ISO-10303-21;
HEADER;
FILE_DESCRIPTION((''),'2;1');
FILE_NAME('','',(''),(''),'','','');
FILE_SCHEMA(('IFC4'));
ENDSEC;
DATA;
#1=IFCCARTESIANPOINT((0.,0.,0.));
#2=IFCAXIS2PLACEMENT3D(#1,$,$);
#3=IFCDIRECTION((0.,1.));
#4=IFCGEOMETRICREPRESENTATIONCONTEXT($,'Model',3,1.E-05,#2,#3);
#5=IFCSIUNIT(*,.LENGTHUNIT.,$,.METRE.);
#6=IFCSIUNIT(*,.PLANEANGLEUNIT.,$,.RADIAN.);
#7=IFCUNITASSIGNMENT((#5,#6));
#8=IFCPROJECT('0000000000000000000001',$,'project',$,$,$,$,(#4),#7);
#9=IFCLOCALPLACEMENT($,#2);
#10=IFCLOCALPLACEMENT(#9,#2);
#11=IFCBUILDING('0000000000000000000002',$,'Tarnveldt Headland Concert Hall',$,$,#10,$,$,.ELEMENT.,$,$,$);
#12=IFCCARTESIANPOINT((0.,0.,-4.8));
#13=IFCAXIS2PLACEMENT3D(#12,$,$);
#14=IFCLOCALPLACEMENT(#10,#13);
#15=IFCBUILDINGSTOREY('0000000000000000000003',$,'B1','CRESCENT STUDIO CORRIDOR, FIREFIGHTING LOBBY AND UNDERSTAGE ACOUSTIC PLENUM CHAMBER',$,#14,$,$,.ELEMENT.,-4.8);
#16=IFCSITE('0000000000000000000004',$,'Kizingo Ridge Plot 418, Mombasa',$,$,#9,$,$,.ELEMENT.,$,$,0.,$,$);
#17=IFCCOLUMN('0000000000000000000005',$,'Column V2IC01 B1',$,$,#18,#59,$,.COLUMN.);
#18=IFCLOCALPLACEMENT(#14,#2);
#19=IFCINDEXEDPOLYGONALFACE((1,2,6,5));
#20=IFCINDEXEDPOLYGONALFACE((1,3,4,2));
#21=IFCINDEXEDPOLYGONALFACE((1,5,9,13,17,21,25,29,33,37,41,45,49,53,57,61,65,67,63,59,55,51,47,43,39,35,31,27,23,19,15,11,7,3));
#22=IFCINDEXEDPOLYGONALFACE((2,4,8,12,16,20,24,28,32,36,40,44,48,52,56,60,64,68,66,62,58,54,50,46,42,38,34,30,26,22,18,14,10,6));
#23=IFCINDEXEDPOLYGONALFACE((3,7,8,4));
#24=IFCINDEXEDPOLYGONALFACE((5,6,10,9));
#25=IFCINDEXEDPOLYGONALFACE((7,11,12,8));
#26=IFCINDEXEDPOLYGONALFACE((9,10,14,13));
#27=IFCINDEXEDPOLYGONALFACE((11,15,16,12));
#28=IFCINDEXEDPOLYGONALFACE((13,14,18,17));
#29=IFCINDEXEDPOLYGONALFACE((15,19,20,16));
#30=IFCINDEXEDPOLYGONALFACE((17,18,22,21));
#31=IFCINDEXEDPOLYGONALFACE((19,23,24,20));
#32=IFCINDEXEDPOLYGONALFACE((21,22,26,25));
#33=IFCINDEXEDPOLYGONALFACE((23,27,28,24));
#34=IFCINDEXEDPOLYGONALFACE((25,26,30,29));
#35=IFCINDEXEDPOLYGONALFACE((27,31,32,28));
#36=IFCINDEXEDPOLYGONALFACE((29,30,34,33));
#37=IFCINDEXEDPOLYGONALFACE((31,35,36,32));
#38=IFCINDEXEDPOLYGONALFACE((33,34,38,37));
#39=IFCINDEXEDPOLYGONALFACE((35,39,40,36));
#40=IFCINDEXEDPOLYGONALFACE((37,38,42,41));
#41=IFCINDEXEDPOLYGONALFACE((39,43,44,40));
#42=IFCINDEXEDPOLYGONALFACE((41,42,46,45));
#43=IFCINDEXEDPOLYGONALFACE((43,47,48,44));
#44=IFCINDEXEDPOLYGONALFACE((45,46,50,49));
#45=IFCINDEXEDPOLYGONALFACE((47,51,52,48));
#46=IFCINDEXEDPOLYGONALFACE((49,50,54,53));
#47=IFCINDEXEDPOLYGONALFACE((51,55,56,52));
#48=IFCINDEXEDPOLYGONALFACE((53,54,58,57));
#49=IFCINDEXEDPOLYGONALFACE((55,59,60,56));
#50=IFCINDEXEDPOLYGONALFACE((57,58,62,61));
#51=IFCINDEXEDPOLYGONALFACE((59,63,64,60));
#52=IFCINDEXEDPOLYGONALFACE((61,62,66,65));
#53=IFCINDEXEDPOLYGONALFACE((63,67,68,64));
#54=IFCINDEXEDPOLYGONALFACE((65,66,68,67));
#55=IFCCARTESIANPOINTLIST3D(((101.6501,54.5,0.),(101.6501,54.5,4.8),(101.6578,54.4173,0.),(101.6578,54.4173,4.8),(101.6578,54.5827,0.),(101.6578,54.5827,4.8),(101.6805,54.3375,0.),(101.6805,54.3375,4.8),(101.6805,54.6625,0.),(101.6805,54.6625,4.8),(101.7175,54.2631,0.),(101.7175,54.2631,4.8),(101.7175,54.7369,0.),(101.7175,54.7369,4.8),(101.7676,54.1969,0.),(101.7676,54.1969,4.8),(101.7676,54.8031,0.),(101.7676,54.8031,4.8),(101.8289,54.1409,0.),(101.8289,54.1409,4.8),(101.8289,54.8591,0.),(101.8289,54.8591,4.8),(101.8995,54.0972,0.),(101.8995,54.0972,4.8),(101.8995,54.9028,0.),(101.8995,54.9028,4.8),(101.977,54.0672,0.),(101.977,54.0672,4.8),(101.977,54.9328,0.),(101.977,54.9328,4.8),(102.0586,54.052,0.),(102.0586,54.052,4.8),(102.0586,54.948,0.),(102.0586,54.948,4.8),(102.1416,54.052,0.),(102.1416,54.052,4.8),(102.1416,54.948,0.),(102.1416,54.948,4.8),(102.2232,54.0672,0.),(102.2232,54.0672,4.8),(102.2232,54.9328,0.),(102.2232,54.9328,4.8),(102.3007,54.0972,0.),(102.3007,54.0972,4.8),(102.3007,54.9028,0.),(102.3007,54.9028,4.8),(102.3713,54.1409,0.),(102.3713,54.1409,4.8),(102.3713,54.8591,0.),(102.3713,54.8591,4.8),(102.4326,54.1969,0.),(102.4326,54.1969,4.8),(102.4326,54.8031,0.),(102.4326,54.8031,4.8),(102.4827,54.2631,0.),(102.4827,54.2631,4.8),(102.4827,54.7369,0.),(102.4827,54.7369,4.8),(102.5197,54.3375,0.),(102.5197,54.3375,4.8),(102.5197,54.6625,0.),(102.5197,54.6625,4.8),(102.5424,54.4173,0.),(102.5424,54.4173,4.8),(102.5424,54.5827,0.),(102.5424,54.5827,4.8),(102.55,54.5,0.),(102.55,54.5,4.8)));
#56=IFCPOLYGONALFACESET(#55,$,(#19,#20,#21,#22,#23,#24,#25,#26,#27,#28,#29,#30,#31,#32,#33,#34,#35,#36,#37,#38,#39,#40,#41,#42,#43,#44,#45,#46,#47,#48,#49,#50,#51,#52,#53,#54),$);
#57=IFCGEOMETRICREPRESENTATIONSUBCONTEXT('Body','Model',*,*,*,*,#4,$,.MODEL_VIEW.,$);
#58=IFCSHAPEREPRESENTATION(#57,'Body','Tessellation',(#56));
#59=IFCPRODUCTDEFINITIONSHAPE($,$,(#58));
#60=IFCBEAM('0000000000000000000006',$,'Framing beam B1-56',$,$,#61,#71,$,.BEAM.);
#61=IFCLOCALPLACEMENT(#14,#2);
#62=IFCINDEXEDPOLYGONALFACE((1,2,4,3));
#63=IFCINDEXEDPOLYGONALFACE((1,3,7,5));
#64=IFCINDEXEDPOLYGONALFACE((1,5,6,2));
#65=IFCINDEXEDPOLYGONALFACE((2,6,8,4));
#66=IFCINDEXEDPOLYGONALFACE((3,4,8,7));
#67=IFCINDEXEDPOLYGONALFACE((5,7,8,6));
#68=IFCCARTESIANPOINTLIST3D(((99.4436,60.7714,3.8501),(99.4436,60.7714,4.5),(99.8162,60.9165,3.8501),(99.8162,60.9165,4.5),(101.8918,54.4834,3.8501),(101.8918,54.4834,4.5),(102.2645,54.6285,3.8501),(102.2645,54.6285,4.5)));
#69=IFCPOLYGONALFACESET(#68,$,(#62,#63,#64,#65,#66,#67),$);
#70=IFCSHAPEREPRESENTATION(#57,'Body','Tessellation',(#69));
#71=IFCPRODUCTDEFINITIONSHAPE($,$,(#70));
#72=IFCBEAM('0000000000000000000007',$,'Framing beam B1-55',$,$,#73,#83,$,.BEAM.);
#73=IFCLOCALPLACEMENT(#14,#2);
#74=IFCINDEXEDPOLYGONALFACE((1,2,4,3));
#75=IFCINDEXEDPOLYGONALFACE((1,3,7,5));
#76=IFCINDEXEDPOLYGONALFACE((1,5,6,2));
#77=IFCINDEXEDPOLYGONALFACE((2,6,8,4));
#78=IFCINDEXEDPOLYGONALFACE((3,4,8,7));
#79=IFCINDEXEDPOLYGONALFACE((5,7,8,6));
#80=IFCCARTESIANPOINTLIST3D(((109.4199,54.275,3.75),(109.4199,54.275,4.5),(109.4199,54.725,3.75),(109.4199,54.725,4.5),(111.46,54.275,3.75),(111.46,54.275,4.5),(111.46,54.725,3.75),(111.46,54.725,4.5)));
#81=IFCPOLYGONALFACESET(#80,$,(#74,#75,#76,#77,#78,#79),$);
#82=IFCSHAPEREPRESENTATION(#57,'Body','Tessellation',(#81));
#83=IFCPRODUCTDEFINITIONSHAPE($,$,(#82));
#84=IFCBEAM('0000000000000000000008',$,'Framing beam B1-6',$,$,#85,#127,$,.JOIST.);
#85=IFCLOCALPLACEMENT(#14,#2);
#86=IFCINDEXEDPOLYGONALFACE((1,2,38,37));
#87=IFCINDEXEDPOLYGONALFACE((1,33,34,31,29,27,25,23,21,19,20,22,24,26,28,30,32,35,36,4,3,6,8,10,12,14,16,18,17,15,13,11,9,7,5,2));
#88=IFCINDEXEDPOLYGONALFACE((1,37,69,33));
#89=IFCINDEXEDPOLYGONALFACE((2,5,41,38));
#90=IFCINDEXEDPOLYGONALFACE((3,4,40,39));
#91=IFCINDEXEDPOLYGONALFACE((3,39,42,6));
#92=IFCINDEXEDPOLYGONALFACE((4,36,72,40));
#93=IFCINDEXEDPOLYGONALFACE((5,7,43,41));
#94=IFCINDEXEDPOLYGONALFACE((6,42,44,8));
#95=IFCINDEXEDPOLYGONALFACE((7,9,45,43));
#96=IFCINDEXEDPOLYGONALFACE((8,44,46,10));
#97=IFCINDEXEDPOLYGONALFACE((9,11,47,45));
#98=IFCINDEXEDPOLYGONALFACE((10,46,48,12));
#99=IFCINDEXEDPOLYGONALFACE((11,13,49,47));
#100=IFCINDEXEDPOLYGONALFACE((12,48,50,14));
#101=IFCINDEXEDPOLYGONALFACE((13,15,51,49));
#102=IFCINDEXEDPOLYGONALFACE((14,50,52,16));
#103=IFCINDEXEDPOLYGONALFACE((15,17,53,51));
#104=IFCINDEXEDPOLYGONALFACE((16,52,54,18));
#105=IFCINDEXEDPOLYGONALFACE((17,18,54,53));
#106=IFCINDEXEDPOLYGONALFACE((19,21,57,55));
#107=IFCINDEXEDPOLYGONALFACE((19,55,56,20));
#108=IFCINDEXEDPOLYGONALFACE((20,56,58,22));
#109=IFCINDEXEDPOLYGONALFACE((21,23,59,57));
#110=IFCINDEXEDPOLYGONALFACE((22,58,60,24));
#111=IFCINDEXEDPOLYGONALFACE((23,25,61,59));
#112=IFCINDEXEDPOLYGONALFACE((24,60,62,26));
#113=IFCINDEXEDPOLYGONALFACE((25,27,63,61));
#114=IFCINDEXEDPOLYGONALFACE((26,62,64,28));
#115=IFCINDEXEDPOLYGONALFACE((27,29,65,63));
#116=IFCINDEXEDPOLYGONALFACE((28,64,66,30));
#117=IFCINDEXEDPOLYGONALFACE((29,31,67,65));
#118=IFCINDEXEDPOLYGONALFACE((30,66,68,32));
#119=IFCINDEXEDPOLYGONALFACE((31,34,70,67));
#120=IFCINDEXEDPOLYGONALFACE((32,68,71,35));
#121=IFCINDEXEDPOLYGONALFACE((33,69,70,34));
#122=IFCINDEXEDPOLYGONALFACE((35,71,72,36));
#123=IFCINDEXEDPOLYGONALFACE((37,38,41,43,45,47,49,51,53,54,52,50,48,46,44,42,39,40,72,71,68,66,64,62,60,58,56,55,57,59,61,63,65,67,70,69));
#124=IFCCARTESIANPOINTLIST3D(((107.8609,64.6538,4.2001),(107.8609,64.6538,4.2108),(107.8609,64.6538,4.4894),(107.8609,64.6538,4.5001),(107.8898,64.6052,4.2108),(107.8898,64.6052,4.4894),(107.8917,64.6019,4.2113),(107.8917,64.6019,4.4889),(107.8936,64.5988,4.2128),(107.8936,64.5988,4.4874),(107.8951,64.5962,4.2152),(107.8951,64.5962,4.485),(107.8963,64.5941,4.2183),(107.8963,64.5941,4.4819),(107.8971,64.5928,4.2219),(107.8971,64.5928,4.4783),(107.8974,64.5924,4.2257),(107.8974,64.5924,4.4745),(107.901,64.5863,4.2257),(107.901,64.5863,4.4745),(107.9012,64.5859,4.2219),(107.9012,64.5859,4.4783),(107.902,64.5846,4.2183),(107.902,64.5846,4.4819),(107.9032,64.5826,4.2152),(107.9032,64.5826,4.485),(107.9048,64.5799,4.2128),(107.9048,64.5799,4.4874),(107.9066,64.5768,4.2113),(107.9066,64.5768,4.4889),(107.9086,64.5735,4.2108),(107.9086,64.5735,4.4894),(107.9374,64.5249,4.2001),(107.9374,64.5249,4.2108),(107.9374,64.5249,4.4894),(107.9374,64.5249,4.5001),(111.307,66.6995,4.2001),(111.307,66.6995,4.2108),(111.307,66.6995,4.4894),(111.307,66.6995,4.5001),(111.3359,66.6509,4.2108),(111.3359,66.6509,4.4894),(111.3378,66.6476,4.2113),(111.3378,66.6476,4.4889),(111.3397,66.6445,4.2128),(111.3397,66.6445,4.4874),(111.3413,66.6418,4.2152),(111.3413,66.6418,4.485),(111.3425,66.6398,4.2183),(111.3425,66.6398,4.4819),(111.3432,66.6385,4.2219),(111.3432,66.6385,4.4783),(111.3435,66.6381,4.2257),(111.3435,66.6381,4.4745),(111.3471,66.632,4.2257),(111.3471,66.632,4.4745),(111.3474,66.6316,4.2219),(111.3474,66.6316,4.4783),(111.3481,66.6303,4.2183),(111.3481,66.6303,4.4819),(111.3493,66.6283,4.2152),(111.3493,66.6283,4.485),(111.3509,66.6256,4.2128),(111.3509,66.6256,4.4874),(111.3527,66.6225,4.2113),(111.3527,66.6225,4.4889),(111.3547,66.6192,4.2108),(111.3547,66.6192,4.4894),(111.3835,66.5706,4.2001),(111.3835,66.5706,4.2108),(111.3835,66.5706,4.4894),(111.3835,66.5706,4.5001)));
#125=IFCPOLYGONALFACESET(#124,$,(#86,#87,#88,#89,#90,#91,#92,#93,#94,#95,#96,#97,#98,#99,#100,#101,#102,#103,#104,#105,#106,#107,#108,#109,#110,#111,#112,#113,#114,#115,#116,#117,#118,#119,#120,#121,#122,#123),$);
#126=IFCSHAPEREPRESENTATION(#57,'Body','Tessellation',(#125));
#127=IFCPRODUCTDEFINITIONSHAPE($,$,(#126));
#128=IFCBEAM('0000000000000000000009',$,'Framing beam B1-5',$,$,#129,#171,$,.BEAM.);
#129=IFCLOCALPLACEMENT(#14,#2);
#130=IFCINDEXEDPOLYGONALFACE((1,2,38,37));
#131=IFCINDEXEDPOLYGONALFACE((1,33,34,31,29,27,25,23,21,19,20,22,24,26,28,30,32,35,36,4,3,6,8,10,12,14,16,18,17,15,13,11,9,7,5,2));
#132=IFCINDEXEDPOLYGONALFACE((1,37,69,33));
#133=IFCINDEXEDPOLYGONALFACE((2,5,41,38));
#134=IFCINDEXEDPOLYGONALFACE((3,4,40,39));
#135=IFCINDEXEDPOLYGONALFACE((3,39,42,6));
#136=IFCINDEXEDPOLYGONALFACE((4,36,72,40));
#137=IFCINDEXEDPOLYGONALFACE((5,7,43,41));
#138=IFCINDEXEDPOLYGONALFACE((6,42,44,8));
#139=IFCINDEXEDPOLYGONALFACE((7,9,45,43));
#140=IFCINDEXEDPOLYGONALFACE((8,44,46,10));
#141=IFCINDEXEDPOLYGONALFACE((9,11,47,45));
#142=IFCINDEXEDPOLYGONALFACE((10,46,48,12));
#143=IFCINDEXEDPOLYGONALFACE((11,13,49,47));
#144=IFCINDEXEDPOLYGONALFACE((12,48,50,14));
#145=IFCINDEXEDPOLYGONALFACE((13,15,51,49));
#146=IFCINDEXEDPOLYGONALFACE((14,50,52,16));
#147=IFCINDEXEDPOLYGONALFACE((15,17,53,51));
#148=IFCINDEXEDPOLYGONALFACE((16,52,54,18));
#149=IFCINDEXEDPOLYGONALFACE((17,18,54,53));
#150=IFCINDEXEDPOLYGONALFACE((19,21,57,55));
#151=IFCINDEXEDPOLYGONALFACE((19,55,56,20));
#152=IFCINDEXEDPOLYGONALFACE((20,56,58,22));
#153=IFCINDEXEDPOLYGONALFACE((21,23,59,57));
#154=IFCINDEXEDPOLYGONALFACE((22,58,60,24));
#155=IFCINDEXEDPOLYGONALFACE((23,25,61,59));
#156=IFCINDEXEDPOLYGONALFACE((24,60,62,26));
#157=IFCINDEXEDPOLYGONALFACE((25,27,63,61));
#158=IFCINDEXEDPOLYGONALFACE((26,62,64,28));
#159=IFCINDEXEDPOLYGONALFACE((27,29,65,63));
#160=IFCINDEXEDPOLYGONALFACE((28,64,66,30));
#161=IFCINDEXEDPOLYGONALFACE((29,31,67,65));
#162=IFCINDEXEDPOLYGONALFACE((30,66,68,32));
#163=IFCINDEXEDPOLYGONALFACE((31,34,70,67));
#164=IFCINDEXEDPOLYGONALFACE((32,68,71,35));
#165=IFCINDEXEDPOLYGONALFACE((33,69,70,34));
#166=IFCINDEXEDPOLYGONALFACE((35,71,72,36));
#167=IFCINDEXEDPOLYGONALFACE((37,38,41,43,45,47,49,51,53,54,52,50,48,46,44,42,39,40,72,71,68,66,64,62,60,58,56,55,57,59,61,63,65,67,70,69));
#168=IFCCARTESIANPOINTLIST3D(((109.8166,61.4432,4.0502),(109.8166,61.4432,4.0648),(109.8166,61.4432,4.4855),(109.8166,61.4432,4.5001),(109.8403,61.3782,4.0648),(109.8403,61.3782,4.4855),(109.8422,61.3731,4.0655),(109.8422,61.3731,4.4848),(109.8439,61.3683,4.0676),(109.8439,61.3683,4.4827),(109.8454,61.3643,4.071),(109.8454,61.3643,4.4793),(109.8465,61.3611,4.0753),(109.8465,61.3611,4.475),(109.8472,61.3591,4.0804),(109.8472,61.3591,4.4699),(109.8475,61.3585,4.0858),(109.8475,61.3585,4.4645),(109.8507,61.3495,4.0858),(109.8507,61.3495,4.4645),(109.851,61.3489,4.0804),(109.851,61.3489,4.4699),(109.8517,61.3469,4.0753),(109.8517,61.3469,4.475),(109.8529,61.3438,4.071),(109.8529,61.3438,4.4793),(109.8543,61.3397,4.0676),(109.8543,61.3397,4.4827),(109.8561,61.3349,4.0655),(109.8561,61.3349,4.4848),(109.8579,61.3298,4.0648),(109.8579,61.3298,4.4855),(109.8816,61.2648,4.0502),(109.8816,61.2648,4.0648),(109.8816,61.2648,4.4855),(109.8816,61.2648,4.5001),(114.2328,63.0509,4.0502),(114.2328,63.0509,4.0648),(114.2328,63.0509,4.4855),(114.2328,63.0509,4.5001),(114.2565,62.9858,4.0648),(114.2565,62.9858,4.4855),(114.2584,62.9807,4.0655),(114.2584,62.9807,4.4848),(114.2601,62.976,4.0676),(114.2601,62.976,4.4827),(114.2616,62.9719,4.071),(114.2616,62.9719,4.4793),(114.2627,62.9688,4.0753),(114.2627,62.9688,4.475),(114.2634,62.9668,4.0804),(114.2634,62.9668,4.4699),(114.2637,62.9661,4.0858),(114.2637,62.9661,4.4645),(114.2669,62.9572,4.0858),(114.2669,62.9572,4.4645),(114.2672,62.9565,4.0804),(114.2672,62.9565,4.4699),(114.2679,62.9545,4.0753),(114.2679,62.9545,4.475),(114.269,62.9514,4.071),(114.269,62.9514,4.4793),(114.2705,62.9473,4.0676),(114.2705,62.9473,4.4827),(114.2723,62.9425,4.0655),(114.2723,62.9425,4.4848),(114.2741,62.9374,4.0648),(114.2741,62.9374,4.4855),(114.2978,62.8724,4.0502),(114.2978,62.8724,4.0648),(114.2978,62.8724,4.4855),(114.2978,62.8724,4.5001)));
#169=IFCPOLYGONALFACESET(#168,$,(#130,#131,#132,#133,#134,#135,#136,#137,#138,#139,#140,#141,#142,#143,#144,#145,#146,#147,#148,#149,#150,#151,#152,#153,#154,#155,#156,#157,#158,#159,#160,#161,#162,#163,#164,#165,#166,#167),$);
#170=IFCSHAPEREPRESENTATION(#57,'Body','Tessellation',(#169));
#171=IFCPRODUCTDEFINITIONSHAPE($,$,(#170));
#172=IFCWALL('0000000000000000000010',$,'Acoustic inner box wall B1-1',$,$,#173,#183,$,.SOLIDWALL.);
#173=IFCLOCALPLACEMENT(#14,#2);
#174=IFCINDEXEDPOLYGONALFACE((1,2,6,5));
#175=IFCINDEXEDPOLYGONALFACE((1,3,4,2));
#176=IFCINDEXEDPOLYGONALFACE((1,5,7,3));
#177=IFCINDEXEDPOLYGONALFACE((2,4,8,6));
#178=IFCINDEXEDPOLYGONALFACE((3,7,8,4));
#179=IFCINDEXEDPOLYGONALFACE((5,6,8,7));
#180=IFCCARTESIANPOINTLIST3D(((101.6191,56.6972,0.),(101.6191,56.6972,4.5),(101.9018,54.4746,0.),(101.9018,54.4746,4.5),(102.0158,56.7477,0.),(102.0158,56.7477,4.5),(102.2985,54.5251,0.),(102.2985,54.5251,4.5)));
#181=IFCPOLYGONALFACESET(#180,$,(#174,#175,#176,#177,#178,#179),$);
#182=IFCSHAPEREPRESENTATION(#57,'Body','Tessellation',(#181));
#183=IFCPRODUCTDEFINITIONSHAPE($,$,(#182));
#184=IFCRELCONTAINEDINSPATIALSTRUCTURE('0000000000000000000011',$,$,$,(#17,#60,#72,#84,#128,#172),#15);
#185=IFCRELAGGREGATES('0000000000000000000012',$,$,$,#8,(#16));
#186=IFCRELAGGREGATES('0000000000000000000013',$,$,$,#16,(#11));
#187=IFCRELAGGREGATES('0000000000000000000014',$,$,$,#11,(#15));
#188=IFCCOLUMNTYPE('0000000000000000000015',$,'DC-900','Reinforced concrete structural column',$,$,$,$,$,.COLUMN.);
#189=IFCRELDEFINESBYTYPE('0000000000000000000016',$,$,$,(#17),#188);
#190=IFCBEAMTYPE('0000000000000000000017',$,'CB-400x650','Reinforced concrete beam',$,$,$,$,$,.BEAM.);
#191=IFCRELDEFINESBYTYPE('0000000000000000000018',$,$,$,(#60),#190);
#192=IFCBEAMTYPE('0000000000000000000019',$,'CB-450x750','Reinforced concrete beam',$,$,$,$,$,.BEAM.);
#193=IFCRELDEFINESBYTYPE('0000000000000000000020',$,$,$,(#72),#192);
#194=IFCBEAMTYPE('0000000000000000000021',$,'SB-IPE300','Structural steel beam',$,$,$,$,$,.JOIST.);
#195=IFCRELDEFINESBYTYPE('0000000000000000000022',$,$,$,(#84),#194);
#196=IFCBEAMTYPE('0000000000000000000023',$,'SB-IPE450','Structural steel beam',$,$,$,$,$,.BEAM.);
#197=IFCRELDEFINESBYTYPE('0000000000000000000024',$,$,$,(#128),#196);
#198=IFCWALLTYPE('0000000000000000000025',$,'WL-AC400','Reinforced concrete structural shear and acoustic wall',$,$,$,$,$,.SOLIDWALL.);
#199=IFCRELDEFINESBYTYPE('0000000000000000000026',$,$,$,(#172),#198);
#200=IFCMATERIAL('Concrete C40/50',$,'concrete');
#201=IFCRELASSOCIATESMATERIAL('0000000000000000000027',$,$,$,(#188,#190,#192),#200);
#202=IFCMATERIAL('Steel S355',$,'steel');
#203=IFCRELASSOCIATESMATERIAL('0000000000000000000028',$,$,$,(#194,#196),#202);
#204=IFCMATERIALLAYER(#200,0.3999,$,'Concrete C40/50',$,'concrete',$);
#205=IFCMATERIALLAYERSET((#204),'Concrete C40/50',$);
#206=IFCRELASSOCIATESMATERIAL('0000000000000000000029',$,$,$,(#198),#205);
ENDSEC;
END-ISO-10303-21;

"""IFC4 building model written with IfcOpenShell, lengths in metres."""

from ifc_helpers import new_model, si_unit, direction, frame, frame_2d, origin, origin_2d, place, context, subcontext, project, spatial, rectangle, circle, i_section, extrude, material, layer, layer_set, material_profile, profile_set, type_object, element, save


model = new_model("IFC4")

# Units and contexts
model_context = context("Model", 3, precision=1e-05, world=origin(), true_north=direction((0.0, 1.0)))
body_context = subcontext(model_context, "Body", "Model", "MODEL_VIEW")
ifc_project = project(units=[si_unit("LENGTHUNIT", "METRE"), si_unit("PLANEANGLEUNIT", "RADIAN")], contexts=[model_context])

# Site, building, storey
site_placement = place(None, origin())
site = spatial("IfcSite", under=ifc_project, at=site_placement, Name="Kizingo Ridge Plot 418, Mombasa", CompositionType="ELEMENT", RefElevation=0.0)
building_placement = place(site_placement, origin())
building = spatial("IfcBuilding", under=site, at=building_placement, Name="Tarnveldt Headland Concert Hall", CompositionType="ELEMENT")
storey_placement = place(building_placement, frame((0.0, 0.0, -4.8)))
storey = spatial("IfcBuildingStorey", under=building, at=storey_placement, Name="B1", Description="CRESCENT STUDIO CORRIDOR, FIREFIGHTING LOBBY AND UNDERSTAGE ACOUSTIC PLENUM CHAMBER", CompositionType="ELEMENT", Elevation=-4.8)

# Shared definitions
ifc_material_1 = material(Name="Concrete C40/50", Category="concrete")

# Column
ifc_material_profile_1 = material_profile(ifc_material_1, circle(Radius=0.45, at=origin_2d()), Name="RC D900", Category="concrete")
ifc_profile_set_1 = profile_set([ifc_material_profile_1], Name="Concrete C40/50")
column_type_1 = type_object("IfcColumnType", Name="DC-900", Description="Reinforced concrete structural column", PredefinedType="COLUMN", material=ifc_profile_set_1)
column_1_placement = place(storey_placement, frame((102.1001, 54.5, 0.0), z_axis=(0.0, 0.0, 1.0), x_axis=(1.0, 0.0, 0.0)))
element("IfcColumn", 1, at=column_1_placement, inside=storey, type_object=column_type_1, Name="Column V2IC01 B1", PredefinedType="COLUMN", context=body_context, shape_type="SweptSolid", body=[
    extrude(circle(Radius=0.45, at=origin_2d()), origin(), (0.0, 0.0, 1.0), 4.8),
])

# Beams
ifc_material_profile_2 = material_profile(ifc_material_1, rectangle(XDim=0.3999, YDim=0.6499, at=origin_2d()), Name="RC 400x650", Category="concrete")
ifc_profile_set_2 = profile_set([ifc_material_profile_2], Name="Concrete C40/50")
beam_type_1 = type_object("IfcBeamType", Name="CB-400x650", Description="Reinforced concrete beam", PredefinedType="BEAM", material=ifc_profile_set_2)
beam_1_placement = place(storey_placement, frame((102.0781, 54.5559, 4.175), z_axis=(-0.362816, 0.931861, 0.0), x_axis=(-0.931861, -0.362816, 0.0)))
element("IfcBeam", 2, at=beam_1_placement, inside=storey, type_object=beam_type_1, Name="Framing beam B1-56", PredefinedType="BEAM", context=body_context, shape_type="SweptSolid", body=[
    extrude(rectangle(XDim=0.3999, YDim=0.6499, at=origin_2d()), origin(), (0.0, 0.0, 1.0), 6.7478),
])
ifc_material_profile_3 = material_profile(ifc_material_1, rectangle(XDim=0.45, YDim=0.75, at=origin_2d()), Name="RC 450x750", Category="concrete")
ifc_profile_set_3 = profile_set([ifc_material_profile_3], Name="Concrete C40/50")
beam_type_2 = type_object("IfcBeamType", Name="CB-450x750", Description="Reinforced concrete beam", PredefinedType="BEAM", material=ifc_profile_set_3)
beam_2_placement = place(storey_placement, frame((109.4199, 54.5, 4.125), z_axis=(1.0, 0.0, 0.0), x_axis=(0.0, 1.0, 0.0)))
element("IfcBeam", 3, at=beam_2_placement, inside=storey, type_object=beam_type_2, Name="Framing beam B1-55", PredefinedType="BEAM", context=body_context, shape_type="SweptSolid", body=[
    extrude(rectangle(XDim=0.45, YDim=0.75, at=origin_2d()), origin(), (0.0, 0.0, 1.0), 2.04),
])
ifc_material_2 = material(Name="Steel S355", Category="steel")
ifc_material_profile_4 = material_profile(ifc_material_2, i_section(OverallWidth=0.1499, OverallDepth=0.3, WebThickness=0.0071, FlangeThickness=0.0107, FilletRadius=0.0149, at=origin_2d()), Name="IPE300", Category="steel")
ifc_profile_set_4 = profile_set([ifc_material_profile_4], Name="Steel S355")
beam_type_3 = type_object("IfcBeamType", Name="SB-IPE300", Description="Structural steel beam", PredefinedType="JOIST", material=ifc_profile_set_4)
beam_3_placement = place(storey_placement, frame((107.8992, 64.5894, 4.3501), z_axis=(0.859902, 0.510459, 0.0), x_axis=(-0.510459, 0.859902, 0.0)))
element("IfcBeam", 4, at=beam_3_placement, inside=storey, type_object=beam_type_3, Name="Framing beam B1-6", PredefinedType="JOIST", context=body_context, shape_type="SweptSolid", body=[
    extrude(i_section(OverallWidth=0.1499, OverallDepth=0.3, WebThickness=0.0071, FlangeThickness=0.0107, FilletRadius=0.0149, at=origin_2d()), origin(), (0.0, 0.0, 1.0), 4.0076),
])
ifc_material_profile_5 = material_profile(ifc_material_2, i_section(OverallWidth=0.1899, OverallDepth=0.45, WebThickness=0.0095, FlangeThickness=0.0146, FilletRadius=0.021, at=origin_2d()), Name="IPE450", Category="steel")
ifc_profile_set_5 = profile_set([ifc_material_profile_5], Name="Steel S355")
beam_type_4 = type_object("IfcBeamType", Name="SB-IPE450", Description="Structural steel beam", PredefinedType="BEAM", material=ifc_profile_set_5)
beam_4_placement = place(storey_placement, frame((109.8491, 61.354, 4.2751), z_axis=(0.939674, 0.342073, 0.0), x_axis=(-0.342073, 0.939674, 0.0)))
element("IfcBeam", 5, at=beam_4_placement, inside=storey, type_object=beam_type_4, Name="Framing beam B1-5", PredefinedType="BEAM", context=body_context, shape_type="SweptSolid", body=[
    extrude(i_section(OverallWidth=0.1899, OverallDepth=0.45, WebThickness=0.0095, FlangeThickness=0.0146, FilletRadius=0.021, at=origin_2d()), origin(), (0.0, 0.0, 1.0), 4.6997),
])

# Wall
ifc_layer_1 = layer(ifc_material_1, 0.3999, Name="Concrete C40/50", Category="concrete")
ifc_layer_set_1 = layer_set([ifc_layer_1], Name="Concrete C40/50")
wall_type_1 = type_object("IfcWallType", Name="WL-AC400", Description="Reinforced concrete structural shear and acoustic wall", PredefinedType="SOLIDWALL", material=ifc_layer_set_1)
wall_1_placement = place(storey_placement, frame((102.1001, 54.5, 0.0), z_axis=(0.0, 0.0, 1.0), x_axis=(-0.12618, 0.992007, 0.0)))
element("IfcWall", 6, at=wall_1_placement, inside=storey, type_object=wall_type_1, Name="Acoustic inner box wall B1-1", PredefinedType="SOLIDWALL", context=body_context, shape_type="SweptSolid", body=[
    extrude(rectangle(XDim=2.2405, YDim=0.3999, at=frame_2d((1.1201, 0.0))), origin(), (0.0, 0.0, 1.0), 4.5),
])

save(model, "model.ifc")
